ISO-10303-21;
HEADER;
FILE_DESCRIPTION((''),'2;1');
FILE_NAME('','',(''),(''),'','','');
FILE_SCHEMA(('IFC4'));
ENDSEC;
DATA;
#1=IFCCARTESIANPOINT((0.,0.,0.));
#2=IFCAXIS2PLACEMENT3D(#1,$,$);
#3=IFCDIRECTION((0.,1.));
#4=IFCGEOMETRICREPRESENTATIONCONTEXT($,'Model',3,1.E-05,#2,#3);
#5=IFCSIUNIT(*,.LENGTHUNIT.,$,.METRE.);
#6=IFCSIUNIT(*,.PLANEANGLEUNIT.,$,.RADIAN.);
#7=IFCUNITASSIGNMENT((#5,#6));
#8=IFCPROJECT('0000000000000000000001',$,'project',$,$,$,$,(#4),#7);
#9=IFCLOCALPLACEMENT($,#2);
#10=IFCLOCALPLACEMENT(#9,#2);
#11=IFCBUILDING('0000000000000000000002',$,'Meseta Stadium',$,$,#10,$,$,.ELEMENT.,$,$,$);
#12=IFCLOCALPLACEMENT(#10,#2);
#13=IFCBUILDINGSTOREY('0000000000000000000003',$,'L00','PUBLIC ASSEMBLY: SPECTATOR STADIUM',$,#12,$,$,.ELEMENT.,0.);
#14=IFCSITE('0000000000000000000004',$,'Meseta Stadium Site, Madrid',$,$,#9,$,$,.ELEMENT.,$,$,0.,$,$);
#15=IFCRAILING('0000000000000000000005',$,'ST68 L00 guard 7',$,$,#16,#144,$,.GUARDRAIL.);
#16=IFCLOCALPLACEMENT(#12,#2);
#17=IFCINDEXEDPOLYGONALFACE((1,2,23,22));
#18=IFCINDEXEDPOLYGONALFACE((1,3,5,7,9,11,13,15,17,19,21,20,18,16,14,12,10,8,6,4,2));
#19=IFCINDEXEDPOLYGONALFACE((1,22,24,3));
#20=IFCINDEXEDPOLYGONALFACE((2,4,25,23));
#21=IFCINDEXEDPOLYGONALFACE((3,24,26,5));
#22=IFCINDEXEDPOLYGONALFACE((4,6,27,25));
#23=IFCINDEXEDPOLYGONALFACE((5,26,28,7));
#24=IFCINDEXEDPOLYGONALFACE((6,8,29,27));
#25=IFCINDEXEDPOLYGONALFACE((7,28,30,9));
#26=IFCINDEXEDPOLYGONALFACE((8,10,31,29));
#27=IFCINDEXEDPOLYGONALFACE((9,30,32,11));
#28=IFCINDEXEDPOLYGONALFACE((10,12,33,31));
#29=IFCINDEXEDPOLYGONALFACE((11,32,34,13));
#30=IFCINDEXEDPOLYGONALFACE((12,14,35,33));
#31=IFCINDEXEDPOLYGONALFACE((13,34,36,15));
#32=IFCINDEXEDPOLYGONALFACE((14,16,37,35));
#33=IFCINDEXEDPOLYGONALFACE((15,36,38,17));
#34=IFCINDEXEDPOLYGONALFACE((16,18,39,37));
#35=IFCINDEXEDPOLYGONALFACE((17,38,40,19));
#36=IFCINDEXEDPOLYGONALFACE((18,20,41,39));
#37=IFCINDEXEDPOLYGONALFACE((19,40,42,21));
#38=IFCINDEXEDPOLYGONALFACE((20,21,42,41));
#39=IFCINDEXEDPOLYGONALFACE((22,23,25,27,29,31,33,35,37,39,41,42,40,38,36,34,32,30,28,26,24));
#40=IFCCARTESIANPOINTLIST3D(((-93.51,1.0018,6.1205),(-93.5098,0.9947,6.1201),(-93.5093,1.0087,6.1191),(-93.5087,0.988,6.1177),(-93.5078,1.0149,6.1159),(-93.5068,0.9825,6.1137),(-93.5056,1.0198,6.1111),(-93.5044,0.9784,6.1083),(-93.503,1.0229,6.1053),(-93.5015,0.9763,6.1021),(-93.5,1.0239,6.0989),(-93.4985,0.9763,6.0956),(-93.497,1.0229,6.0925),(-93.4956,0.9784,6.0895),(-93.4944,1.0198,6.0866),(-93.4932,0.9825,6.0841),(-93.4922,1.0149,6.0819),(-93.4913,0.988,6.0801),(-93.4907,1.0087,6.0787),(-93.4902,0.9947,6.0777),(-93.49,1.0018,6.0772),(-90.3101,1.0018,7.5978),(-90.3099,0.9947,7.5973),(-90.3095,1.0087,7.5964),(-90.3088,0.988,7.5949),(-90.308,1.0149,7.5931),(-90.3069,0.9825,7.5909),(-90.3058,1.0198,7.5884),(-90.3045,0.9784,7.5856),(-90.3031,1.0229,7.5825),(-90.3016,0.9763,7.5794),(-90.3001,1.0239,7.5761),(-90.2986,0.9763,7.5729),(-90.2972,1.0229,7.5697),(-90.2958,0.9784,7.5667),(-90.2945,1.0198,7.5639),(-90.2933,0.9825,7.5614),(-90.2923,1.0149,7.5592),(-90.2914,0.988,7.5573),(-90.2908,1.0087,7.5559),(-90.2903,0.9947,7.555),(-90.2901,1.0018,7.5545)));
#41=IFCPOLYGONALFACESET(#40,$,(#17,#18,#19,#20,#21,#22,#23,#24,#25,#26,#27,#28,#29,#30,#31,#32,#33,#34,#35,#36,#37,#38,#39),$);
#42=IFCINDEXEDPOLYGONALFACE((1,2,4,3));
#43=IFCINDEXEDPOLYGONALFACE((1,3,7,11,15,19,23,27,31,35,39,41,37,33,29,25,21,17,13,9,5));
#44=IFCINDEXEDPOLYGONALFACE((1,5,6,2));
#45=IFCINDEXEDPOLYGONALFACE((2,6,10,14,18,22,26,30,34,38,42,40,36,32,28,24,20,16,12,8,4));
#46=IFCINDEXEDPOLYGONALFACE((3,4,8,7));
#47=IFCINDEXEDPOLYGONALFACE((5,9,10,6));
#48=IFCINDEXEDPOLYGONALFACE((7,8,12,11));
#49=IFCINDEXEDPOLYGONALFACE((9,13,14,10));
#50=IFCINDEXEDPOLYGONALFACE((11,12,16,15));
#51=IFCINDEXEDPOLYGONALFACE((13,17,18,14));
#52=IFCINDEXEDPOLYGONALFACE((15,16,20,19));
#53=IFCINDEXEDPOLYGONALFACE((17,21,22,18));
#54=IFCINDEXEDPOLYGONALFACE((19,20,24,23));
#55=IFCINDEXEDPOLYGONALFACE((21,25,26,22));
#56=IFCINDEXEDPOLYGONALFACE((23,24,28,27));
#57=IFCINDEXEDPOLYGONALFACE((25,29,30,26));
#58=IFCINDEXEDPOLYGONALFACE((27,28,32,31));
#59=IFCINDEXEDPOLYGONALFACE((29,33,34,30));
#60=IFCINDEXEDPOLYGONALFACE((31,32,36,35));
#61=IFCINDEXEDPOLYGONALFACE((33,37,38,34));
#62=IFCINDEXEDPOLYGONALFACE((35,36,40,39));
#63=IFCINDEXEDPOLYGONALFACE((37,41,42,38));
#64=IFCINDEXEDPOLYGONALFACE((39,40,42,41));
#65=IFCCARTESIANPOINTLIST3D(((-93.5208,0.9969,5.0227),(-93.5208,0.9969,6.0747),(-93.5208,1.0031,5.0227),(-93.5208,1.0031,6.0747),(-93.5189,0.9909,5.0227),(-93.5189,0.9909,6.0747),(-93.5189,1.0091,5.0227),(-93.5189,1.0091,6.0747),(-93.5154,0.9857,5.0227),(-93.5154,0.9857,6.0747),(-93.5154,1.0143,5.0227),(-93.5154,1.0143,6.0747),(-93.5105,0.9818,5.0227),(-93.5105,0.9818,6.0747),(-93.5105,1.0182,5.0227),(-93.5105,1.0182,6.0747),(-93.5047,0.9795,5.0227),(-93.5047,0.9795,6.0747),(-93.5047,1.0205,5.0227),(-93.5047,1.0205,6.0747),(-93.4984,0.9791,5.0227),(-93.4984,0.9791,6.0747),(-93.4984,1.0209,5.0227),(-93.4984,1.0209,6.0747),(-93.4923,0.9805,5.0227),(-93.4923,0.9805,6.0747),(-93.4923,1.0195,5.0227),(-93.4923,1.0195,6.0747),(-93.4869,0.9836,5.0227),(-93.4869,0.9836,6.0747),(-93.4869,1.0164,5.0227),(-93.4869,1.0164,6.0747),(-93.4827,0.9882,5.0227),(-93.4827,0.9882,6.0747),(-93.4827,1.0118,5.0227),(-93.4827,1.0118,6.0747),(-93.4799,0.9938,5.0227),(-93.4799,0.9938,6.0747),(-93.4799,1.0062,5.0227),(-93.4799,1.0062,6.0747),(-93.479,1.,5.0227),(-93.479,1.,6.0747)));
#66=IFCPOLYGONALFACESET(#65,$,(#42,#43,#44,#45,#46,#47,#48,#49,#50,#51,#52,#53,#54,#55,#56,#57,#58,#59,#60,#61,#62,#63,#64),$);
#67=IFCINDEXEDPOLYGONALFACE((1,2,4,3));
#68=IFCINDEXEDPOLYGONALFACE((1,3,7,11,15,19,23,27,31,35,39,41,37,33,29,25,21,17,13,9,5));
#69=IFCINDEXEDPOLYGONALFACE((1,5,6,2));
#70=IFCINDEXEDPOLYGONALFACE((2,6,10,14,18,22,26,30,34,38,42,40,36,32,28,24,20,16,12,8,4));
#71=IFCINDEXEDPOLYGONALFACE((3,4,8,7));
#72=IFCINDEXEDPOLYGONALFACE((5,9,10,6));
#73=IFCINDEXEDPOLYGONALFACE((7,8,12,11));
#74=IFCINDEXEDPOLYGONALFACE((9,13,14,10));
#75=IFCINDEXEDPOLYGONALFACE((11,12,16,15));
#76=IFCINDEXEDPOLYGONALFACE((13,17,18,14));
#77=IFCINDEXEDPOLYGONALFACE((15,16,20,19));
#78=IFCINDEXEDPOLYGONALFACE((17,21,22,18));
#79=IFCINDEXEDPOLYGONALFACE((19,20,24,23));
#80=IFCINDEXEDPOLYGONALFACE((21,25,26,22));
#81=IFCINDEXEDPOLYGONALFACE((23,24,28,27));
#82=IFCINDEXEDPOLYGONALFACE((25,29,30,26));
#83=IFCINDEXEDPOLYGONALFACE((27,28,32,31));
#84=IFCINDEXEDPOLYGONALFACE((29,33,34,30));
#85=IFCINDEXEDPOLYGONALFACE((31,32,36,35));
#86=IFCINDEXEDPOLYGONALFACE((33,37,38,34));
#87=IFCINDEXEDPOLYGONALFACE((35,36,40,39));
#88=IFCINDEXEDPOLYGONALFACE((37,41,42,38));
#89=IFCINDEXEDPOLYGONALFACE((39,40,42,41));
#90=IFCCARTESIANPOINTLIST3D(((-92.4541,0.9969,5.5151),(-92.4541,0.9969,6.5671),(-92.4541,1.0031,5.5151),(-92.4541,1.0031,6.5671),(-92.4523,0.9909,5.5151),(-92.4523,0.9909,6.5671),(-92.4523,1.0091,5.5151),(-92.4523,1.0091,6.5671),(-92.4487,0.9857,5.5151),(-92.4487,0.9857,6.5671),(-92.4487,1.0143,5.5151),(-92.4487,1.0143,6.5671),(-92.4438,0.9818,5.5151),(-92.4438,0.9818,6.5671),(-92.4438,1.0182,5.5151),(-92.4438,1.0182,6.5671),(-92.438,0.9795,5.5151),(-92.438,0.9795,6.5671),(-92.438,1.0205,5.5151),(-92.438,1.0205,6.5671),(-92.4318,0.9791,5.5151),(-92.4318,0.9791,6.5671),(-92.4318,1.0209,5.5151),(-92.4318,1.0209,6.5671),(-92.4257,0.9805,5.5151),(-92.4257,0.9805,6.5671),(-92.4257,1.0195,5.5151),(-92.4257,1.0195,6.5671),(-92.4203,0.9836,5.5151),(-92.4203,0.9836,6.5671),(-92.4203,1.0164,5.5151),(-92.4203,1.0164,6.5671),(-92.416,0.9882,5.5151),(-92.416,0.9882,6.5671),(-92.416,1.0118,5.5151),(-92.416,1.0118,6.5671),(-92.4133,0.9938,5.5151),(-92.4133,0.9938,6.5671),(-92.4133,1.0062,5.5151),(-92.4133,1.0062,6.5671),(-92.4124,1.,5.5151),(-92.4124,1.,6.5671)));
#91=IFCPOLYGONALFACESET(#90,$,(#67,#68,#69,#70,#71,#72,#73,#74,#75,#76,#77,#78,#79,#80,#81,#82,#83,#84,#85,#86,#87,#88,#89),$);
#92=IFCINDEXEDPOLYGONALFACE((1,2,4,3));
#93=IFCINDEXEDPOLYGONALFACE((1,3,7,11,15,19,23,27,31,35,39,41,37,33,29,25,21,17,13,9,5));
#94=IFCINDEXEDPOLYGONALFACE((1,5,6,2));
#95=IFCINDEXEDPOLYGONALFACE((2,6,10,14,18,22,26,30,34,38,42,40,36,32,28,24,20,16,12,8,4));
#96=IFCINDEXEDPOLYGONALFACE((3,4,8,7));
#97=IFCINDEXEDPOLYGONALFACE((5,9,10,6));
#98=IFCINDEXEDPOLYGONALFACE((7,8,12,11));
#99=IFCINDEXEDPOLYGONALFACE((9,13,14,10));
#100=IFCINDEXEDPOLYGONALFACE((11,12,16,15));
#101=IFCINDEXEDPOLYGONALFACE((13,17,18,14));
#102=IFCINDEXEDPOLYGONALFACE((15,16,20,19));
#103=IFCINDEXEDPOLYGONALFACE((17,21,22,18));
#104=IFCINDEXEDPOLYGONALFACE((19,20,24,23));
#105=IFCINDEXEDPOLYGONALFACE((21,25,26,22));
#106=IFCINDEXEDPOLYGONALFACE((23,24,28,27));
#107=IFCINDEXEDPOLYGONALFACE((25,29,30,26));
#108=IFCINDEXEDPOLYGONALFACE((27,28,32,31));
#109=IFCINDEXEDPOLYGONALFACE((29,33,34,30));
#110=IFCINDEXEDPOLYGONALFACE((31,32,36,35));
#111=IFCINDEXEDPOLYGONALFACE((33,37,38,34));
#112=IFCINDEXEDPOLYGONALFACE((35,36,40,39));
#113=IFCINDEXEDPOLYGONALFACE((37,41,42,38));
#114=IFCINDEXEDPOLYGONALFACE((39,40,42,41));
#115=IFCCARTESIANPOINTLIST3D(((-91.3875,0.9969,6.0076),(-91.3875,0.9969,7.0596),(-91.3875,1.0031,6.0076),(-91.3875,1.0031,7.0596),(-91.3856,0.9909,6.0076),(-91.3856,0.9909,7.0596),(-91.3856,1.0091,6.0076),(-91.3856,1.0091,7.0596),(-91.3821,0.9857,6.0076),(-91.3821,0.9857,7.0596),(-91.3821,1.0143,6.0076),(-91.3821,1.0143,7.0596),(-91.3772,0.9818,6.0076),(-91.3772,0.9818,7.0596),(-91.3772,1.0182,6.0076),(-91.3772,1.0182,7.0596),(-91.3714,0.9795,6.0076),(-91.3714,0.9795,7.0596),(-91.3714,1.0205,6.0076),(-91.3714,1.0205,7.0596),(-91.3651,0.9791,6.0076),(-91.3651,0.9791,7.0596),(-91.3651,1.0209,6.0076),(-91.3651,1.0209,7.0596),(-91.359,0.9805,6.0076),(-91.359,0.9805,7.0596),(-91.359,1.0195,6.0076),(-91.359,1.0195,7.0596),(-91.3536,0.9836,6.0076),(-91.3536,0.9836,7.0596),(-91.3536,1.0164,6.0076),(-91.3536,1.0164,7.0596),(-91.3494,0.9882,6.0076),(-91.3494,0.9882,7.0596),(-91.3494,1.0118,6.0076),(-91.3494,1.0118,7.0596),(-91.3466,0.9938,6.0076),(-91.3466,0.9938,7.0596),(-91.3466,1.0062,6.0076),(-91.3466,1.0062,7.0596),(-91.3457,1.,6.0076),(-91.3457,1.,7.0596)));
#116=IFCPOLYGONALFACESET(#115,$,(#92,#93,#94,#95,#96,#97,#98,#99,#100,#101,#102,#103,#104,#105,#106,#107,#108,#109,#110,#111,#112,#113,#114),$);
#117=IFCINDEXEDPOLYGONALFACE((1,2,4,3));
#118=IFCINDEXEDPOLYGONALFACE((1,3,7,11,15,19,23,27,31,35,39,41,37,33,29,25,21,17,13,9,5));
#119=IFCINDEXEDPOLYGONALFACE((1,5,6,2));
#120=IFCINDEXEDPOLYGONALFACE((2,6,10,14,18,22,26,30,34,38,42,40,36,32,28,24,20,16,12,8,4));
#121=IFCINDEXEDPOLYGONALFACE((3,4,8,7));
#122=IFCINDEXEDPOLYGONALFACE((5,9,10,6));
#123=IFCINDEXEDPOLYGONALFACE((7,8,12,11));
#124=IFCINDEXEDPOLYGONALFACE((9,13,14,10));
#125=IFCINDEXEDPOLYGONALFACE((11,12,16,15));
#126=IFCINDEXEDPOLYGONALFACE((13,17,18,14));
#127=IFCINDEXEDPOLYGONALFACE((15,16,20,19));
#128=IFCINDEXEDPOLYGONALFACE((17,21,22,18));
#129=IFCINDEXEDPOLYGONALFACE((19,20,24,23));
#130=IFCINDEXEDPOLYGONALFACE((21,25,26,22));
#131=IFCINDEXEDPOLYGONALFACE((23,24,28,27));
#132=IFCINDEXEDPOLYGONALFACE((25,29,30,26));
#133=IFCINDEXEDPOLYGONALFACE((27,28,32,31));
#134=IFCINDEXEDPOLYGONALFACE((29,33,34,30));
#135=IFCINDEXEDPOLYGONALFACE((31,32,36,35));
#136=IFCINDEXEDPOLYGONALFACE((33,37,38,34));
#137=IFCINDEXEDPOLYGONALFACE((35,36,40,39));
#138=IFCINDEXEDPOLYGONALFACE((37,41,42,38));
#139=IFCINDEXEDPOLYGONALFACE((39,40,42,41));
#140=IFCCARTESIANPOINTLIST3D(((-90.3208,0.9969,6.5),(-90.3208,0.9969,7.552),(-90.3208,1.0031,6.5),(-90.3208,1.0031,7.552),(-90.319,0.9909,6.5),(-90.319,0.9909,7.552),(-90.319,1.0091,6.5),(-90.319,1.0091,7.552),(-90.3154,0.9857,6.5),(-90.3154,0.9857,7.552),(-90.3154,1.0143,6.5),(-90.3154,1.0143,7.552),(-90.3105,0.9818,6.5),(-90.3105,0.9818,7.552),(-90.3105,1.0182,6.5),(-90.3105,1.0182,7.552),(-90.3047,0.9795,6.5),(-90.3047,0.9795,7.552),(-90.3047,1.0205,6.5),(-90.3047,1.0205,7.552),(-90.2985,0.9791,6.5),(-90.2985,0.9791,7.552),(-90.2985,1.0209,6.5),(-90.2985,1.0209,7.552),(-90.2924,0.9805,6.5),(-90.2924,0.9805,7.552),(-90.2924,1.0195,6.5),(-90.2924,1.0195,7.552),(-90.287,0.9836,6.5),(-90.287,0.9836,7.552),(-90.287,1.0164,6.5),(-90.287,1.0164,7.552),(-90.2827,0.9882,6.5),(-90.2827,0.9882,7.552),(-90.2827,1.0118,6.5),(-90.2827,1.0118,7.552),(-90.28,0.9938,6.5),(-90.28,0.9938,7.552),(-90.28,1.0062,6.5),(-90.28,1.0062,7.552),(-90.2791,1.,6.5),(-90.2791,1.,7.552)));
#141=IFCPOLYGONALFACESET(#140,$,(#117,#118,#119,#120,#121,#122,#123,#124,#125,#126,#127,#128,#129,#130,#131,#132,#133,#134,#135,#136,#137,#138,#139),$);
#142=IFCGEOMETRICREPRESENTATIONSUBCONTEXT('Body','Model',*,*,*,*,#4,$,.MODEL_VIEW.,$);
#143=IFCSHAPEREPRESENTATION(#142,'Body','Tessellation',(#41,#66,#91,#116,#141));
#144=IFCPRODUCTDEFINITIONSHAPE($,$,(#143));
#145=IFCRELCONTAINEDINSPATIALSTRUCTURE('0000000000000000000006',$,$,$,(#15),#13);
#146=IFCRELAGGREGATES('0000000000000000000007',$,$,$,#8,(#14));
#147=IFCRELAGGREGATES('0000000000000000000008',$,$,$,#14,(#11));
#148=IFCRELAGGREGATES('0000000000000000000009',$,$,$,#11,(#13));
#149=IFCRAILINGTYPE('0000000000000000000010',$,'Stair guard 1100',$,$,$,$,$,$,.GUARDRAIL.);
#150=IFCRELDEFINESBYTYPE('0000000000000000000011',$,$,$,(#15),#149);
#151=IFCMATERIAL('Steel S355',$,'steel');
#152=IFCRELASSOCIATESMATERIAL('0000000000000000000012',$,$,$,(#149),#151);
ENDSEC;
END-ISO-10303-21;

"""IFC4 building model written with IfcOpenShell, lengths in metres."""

from ifc_helpers import new_model, si_unit, direction, frame, origin, origin_2d, place, context, subcontext, project, spatial, circle, extrude, material, type_object, element, save


model = new_model("IFC4")

# Units and contexts
model_context = context("Model", 3, precision=1e-05, world=origin(), true_north=direction((0.0, 1.0)))
body_context = subcontext(model_context, "Body", "Model", "MODEL_VIEW")
ifc_project = project(units=[si_unit("LENGTHUNIT", "METRE"), si_unit("PLANEANGLEUNIT", "RADIAN")], contexts=[model_context])

# Site, building, storey
site_placement = place(None, origin())
site = spatial("IfcSite", under=ifc_project, at=site_placement, Name="Meseta Stadium Site, Madrid", CompositionType="ELEMENT", RefElevation=0.0)
building_placement = place(site_placement, origin())
building = spatial("IfcBuilding", under=site, at=building_placement, Name="Meseta Stadium", CompositionType="ELEMENT")
storey_placement = place(building_placement, origin())
storey = spatial("IfcBuildingStorey", under=building, at=storey_placement, Name="L00", Description="PUBLIC ASSEMBLY: SPECTATOR STADIUM", CompositionType="ELEMENT", Elevation=0.0)

# Railing
ifc_material_1 = material(Name="Steel S355", Category="steel")
railing_type_1 = type_object("IfcRailingType", Name="Stair guard 1100", PredefinedType="GUARDRAIL", material=ifc_material_1)
railing_1_placement = place(storey_placement, frame((-93.5, 1.0, 5.0227)))
element("IfcRailing", 1, at=railing_1_placement, inside=storey, type_object=railing_type_1, Name="ST68 L00 guard 7", PredefinedType="GUARDRAIL", context=body_context, shape_type="SweptSolid", body=[
    extrude(circle(Radius=0.0239, at=origin_2d()), frame((0.0, 0.0, 1.0762), z_axis=(0.907917, 0.0, 0.41915), x_axis=(0.0, 1.0, 0.0)), (0.0, 0.0, 1.0), 3.5244),
    extrude(circle(Radius=0.021, at=origin_2d()), origin(), (0.0, 0.0, 1.0), 1.052),
    extrude(circle(Radius=0.021, at=origin_2d()), frame((1.0667, 0.0, 0.4924)), (0.0, 0.0, 1.0), 1.052),
    extrude(circle(Radius=0.021, at=origin_2d()), frame((2.1333, 0.0, 0.9849)), (0.0, 0.0, 1.0), 1.052),
    extrude(circle(Radius=0.021, at=origin_2d()), frame((3.2, 0.0, 1.4773)), (0.0, 0.0, 1.0), 1.052),
])

save(model, "model.ifc")
